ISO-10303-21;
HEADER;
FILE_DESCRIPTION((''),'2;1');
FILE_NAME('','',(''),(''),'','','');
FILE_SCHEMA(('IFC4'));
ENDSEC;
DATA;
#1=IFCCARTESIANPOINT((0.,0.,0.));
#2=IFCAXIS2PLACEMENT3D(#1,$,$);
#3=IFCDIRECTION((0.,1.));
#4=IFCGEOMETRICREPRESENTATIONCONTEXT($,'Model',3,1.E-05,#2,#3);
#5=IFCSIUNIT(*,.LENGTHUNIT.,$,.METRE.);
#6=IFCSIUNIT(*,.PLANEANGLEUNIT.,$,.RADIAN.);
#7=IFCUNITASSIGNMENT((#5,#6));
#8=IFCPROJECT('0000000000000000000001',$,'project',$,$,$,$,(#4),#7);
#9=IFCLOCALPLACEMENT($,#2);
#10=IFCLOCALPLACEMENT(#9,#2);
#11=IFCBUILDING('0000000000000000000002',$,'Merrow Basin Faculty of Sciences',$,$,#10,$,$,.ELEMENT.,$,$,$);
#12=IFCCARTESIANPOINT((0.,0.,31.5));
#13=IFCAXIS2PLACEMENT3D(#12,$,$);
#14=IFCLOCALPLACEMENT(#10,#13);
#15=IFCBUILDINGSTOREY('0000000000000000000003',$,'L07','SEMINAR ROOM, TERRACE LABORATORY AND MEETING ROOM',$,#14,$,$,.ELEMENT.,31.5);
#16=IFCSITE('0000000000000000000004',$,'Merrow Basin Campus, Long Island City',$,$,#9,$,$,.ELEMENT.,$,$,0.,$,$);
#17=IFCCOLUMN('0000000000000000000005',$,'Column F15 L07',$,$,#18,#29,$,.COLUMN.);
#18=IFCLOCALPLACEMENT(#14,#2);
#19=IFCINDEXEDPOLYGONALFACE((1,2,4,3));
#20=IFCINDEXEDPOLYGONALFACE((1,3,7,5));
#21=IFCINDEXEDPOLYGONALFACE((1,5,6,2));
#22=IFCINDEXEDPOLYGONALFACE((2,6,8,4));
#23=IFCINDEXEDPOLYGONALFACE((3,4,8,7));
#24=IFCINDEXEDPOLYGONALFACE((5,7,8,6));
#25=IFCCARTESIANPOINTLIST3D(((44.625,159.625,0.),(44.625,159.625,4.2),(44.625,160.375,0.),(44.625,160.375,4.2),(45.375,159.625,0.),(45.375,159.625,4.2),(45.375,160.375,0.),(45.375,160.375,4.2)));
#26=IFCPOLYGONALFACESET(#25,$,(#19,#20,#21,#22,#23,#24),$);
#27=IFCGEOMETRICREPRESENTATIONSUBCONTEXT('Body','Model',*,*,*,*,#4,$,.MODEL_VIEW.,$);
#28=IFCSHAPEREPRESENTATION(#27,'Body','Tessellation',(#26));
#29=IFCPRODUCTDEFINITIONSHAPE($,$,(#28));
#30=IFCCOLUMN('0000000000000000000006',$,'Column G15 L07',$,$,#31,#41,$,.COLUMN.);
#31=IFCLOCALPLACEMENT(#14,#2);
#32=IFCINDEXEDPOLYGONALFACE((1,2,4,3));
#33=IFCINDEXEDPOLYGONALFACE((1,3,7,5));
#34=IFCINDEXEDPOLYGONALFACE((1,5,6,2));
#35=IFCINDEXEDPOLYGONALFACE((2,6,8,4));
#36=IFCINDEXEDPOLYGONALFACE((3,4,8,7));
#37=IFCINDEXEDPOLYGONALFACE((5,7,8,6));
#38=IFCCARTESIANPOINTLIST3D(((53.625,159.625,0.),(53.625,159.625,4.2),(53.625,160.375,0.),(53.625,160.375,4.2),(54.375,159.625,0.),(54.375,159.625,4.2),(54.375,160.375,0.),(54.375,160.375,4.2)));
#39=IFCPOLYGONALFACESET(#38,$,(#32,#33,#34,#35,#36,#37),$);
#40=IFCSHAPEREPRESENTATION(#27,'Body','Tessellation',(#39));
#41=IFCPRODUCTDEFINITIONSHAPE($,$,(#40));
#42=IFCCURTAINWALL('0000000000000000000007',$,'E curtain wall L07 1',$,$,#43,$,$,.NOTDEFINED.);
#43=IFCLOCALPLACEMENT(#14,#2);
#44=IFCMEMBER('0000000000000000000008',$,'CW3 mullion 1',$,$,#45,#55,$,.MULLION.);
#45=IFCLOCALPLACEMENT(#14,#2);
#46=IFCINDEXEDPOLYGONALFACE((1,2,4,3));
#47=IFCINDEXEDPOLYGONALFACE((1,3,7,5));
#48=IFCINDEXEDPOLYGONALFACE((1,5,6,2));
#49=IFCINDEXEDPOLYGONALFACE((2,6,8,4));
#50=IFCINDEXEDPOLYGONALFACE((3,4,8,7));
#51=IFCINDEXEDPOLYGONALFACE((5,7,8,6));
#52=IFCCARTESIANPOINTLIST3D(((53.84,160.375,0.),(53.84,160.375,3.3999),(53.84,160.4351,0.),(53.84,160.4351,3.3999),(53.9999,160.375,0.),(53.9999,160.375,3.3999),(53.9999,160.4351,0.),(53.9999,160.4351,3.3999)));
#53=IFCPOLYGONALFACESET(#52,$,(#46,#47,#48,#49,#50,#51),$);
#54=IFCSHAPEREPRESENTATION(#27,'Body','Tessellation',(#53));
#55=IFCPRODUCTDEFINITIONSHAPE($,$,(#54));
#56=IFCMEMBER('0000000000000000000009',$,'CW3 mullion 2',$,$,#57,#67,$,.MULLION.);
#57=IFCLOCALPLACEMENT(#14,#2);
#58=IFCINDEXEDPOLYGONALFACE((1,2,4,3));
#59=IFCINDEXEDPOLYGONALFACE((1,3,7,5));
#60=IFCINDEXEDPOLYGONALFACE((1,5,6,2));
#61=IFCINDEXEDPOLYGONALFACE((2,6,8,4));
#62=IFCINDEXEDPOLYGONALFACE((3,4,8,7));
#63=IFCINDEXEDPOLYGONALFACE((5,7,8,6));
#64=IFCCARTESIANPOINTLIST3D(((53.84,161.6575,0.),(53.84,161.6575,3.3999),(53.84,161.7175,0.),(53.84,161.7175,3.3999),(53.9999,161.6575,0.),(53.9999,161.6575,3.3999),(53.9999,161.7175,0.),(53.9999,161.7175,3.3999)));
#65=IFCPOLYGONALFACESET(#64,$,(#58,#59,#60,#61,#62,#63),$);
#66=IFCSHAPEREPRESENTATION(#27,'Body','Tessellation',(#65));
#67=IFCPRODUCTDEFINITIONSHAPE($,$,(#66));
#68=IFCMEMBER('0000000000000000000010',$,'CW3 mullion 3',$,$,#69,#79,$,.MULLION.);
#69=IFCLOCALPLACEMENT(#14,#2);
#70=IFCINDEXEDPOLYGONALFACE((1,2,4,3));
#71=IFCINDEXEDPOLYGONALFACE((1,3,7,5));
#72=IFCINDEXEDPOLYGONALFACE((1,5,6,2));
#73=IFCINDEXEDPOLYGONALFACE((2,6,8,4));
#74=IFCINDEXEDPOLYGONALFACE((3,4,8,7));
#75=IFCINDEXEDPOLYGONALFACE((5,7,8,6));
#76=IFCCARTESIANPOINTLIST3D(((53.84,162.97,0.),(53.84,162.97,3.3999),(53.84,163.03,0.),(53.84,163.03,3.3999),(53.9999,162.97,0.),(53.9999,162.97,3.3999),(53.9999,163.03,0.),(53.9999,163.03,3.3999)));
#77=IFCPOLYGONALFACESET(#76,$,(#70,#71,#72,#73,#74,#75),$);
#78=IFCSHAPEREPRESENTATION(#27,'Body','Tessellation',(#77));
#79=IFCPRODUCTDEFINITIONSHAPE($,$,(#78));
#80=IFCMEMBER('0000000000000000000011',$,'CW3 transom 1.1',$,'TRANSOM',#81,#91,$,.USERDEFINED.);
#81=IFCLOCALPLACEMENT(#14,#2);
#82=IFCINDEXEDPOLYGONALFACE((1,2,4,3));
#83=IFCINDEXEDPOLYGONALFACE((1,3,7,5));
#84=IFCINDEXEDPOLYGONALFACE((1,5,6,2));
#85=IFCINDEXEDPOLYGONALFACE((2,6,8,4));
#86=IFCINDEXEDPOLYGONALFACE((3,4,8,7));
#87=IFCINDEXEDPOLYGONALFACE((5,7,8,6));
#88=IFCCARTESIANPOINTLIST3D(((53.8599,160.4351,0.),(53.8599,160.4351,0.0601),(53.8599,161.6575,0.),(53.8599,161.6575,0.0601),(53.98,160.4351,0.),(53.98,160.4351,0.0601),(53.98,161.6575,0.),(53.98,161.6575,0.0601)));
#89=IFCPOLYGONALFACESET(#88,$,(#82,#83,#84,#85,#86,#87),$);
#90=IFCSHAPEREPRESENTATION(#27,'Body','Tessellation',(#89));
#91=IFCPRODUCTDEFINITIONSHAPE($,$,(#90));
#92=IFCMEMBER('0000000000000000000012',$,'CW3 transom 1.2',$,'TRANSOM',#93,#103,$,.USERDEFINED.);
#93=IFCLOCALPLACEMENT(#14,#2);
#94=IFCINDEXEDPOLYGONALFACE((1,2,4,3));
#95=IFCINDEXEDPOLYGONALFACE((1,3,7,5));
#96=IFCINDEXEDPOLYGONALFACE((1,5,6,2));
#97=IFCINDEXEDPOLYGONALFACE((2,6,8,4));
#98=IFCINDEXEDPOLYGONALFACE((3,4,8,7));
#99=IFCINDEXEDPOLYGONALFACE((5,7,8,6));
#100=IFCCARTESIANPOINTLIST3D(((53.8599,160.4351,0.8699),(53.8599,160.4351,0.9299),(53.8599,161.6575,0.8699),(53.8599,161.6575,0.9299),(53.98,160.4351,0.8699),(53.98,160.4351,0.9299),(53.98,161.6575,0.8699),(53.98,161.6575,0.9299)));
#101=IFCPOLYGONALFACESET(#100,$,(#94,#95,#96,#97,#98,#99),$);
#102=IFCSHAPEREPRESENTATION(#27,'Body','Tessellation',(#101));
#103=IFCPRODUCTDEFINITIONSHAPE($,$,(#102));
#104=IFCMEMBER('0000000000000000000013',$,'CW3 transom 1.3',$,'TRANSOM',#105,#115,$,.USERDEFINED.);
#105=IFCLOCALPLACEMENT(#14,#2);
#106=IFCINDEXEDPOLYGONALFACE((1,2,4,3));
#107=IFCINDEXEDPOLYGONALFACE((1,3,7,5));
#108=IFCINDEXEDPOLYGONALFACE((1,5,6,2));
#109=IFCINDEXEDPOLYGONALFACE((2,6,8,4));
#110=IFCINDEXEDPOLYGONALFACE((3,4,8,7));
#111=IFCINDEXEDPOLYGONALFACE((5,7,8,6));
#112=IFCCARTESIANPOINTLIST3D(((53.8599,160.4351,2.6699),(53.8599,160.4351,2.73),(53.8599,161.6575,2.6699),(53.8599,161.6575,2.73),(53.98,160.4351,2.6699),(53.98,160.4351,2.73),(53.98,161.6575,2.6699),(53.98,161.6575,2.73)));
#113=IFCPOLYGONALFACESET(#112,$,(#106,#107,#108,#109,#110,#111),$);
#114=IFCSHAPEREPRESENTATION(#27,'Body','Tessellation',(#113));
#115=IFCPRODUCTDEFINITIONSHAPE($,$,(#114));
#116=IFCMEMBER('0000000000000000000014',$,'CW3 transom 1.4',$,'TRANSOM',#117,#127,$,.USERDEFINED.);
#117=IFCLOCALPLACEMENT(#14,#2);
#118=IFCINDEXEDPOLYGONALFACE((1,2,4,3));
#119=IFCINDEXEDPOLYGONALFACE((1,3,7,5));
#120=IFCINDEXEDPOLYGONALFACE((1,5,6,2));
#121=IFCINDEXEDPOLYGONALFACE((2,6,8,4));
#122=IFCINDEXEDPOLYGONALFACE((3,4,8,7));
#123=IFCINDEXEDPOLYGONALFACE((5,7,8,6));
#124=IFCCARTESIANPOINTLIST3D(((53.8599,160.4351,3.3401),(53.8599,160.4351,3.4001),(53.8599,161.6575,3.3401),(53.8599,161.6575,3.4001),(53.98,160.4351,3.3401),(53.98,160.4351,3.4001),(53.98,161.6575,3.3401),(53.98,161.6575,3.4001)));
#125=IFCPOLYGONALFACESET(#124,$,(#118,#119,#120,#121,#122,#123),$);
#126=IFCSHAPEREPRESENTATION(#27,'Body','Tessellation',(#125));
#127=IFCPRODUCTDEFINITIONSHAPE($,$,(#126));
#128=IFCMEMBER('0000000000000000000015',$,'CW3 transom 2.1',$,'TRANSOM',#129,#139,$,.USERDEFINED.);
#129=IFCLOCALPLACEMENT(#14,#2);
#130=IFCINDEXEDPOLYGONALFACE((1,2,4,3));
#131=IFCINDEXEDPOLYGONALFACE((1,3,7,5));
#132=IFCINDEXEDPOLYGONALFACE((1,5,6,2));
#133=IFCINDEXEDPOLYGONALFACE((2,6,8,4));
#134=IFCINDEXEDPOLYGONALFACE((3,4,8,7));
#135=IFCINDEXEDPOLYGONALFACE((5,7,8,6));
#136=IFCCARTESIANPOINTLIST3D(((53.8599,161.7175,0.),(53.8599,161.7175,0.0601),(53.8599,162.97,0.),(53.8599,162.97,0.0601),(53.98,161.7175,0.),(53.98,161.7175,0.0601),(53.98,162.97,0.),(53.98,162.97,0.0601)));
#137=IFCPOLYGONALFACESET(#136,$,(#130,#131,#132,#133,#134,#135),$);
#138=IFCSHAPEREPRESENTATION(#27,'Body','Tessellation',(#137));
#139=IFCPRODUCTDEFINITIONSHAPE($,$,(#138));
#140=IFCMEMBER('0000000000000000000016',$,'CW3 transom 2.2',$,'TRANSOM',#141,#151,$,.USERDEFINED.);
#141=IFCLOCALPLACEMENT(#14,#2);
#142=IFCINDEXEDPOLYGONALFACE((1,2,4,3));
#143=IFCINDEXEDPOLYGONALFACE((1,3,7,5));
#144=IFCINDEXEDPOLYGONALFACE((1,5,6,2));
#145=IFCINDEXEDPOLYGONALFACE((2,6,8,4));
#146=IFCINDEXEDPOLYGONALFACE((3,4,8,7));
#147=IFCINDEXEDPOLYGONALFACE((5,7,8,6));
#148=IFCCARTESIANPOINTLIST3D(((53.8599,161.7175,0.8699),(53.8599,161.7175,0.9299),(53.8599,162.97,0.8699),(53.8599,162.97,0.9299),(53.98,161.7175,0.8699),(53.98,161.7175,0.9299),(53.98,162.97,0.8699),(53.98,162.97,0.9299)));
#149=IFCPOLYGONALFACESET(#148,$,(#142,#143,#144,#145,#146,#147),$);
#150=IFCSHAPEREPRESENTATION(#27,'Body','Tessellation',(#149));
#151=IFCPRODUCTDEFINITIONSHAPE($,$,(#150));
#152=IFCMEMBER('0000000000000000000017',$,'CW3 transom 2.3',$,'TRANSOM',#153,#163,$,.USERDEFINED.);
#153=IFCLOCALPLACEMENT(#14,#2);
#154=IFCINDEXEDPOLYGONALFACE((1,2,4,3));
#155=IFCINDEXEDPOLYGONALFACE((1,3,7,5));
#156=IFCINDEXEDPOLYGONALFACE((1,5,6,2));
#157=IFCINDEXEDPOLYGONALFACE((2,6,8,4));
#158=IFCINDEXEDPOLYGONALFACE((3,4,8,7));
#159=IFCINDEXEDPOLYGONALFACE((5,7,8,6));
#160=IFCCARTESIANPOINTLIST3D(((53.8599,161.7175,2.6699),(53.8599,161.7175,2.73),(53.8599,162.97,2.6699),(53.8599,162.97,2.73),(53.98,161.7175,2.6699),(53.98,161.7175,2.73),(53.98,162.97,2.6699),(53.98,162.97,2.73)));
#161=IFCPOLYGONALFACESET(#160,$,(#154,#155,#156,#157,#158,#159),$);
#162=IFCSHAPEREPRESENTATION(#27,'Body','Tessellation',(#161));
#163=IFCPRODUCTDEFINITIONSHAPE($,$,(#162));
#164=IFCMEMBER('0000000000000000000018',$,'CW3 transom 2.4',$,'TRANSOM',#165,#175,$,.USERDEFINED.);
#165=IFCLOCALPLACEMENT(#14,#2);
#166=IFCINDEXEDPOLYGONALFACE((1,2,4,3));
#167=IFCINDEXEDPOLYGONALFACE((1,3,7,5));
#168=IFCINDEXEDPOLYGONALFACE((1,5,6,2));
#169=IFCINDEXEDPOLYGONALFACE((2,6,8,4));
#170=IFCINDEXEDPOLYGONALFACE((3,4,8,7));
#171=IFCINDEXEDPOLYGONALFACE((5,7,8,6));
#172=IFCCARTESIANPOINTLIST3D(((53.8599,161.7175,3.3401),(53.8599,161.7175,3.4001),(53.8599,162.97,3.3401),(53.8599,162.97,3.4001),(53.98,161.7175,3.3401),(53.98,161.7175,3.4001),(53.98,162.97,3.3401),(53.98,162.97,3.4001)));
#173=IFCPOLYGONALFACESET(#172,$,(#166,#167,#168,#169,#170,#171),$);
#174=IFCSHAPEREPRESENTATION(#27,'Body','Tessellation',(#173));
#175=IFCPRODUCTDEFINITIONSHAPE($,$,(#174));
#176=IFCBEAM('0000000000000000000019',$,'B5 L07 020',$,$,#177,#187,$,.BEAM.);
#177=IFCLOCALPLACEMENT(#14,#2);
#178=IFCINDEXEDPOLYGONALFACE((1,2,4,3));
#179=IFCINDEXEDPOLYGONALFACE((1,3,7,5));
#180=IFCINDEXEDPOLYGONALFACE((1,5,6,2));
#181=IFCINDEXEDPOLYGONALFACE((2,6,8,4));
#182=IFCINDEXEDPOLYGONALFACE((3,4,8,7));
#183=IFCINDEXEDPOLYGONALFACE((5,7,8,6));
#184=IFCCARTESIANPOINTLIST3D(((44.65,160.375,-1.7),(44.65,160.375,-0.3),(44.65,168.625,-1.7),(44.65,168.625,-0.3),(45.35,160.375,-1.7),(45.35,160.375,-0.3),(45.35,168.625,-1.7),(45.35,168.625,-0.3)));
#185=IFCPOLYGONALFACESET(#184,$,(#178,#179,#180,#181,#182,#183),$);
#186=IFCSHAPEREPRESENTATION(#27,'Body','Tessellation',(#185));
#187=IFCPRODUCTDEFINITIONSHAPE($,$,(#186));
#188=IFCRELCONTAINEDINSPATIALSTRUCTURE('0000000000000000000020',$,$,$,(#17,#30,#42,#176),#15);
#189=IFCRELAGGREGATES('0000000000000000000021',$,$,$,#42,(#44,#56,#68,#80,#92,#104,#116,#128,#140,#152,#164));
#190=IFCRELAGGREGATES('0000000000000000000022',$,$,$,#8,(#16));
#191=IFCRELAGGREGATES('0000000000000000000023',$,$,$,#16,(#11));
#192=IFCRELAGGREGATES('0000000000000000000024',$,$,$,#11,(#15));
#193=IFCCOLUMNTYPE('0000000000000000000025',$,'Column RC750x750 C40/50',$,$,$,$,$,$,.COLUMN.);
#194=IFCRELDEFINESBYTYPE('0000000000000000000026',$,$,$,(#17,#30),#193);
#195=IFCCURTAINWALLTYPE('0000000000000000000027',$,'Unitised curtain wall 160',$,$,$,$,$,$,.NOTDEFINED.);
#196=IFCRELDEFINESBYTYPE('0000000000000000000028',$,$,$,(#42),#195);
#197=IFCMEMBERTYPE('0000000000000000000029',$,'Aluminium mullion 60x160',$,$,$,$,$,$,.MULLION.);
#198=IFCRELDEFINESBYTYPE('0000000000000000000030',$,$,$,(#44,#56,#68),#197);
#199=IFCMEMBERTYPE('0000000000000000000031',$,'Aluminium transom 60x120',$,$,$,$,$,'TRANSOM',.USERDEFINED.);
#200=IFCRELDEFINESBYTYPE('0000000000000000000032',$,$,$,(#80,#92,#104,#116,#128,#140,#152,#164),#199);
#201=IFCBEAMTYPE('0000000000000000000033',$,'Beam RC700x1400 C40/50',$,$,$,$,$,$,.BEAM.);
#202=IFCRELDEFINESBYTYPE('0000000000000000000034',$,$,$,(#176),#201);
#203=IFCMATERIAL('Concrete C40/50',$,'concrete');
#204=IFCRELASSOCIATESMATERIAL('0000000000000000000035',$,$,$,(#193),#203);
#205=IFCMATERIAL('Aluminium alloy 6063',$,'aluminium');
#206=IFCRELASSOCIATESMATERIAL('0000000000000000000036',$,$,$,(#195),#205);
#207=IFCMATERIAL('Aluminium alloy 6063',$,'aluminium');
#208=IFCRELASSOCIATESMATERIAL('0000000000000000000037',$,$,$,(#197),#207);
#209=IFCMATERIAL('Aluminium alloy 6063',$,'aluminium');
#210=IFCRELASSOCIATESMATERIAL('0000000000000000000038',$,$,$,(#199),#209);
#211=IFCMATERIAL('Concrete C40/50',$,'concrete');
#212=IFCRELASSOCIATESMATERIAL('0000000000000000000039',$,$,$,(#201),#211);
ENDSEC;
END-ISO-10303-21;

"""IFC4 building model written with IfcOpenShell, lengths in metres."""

from ifc_helpers import new_model, si_unit, direction, frame, origin, origin_2d, place, context, subcontext, project, spatial, rectangle, extrude, material, material_profile, profile_set, type_object, element, aggregate, save


model = new_model("IFC4")

# Units and contexts
model_context = context("Model", 3, precision=1e-05, world=origin(), true_north=direction((0.0, 1.0)))
body_context = subcontext(model_context, "Body", "Model", "MODEL_VIEW")
ifc_project = project(units=[si_unit("LENGTHUNIT", "METRE"), si_unit("PLANEANGLEUNIT", "RADIAN")], contexts=[model_context])

# Site, building, storey
site_placement = place(None, origin())
site = spatial("IfcSite", under=ifc_project, at=site_placement, Name="Merrow Basin Campus, Long Island City", CompositionType="ELEMENT", RefElevation=0.0)
building_placement = place(site_placement, origin())
building = spatial("IfcBuilding", under=site, at=building_placement, Name="Merrow Basin Faculty of Sciences", CompositionType="ELEMENT")
storey_placement = place(building_placement, frame((0.0, 0.0, 31.5)))
storey = spatial("IfcBuildingStorey", under=building, at=storey_placement, Name="L07", Description="SEMINAR ROOM, TERRACE LABORATORY AND MEETING ROOM", CompositionType="ELEMENT", Elevation=31.5)

# Columns
ifc_material_1 = material(Name="Concrete C40/50", Category="concrete")
ifc_material_profile_1 = material_profile(ifc_material_1, rectangle(XDim=0.75, YDim=0.75, at=origin_2d()))
ifc_profile_set_1 = profile_set([ifc_material_profile_1], Name="Concrete C40/50")
column_type = type_object("IfcColumnType", Name="Column RC750x750 C40/50", PredefinedType="COLUMN", material=ifc_profile_set_1)
for number, where, z_axis, x_axis, name in (
    (1, (45.0, 160.0, 0.0), (0.0, 0.0, 1.0), (1.0, 0.0, 0.0), "Column F15 L07"),
    (2, (54.0, 160.0, 0.0), (0.0, 0.0, 1.0), (1.0, 0.0, 0.0), "Column G15 L07"),
):
    element("IfcColumn", number, at=place(storey_placement, frame(where, z_axis=z_axis, x_axis=x_axis)), inside=storey, type_object=column_type, Name=name, PredefinedType="COLUMN", context=body_context, shape_type="SweptSolid", body=[
        extrude(rectangle(XDim=0.75, YDim=0.75, at=origin_2d()), origin(), (0.0, 0.0, 1.0), 4.2),
    ])

# Curtain wall, members
ifc_material_2 = material(Name="Aluminium alloy 6063", Category="aluminium")
curtain_wall_type = type_object("IfcCurtainWallType", Name="Unitised curtain wall 160", PredefinedType="NOTDEFINED", material=ifc_material_2)
curtain_wall_placement = place(storey_placement, origin())
curtain_wall = element("IfcCurtainWall", 3, at=curtain_wall_placement, inside=storey, type_object=curtain_wall_type, Name="E curtain wall L07 1", PredefinedType="NOTDEFINED")
ifc_material_3 = material(Name="Aluminium alloy 6063", Category="aluminium")
ifc_material_profile_2 = material_profile(ifc_material_3, rectangle(XDim=0.1599, YDim=0.0601, at=origin_2d()))
ifc_profile_set_2 = profile_set([ifc_material_profile_2], Name="Aluminium alloy 6063")
member_type_1 = type_object("IfcMemberType", Name="Aluminium mullion 60x160", PredefinedType="MULLION", material=ifc_profile_set_2)
member_1_placement = place(storey_placement, frame((53.9199, 160.405, 0.0), z_axis=(0.0, 0.0, 1.0), x_axis=(-1.0, 0.0, 0.0)))
member_1 = element("IfcMember", 4, at=member_1_placement, type_object=member_type_1, Name="CW3 mullion 1", PredefinedType="MULLION", context=body_context, shape_type="SweptSolid", body=[
    extrude(rectangle(XDim=0.1599, YDim=0.0601, at=origin_2d()), origin(), (0.0, 0.0, 1.0), 3.3999),
])
member_2_placement = place(storey_placement, frame((53.9199, 161.6875, 0.0), z_axis=(0.0, 0.0, 1.0), x_axis=(-1.0, 0.0, 0.0)))
member_2 = element("IfcMember", 5, at=member_2_placement, type_object=member_type_1, Name="CW3 mullion 2", PredefinedType="MULLION", context=body_context, shape_type="SweptSolid", body=[
    extrude(rectangle(XDim=0.1599, YDim=0.0601, at=origin_2d()), origin(), (0.0, 0.0, 1.0), 3.3999),
])
member_3_placement = place(storey_placement, frame((53.9199, 163.0, 0.0), z_axis=(0.0, 0.0, 1.0), x_axis=(-1.0, 0.0, 0.0)))
member_3 = element("IfcMember", 6, at=member_3_placement, type_object=member_type_1, Name="CW3 mullion 3", PredefinedType="MULLION", context=body_context, shape_type="SweptSolid", body=[
    extrude(rectangle(XDim=0.1599, YDim=0.0601, at=origin_2d()), origin(), (0.0, 0.0, 1.0), 3.3999),
])
ifc_material_4 = material(Name="Aluminium alloy 6063", Category="aluminium")
ifc_material_profile_3 = material_profile(ifc_material_4, rectangle(XDim=0.1201, YDim=0.0601, at=origin_2d()))
ifc_profile_set_3 = profile_set([ifc_material_profile_3], Name="Aluminium alloy 6063")
member_type_2 = type_object("IfcMemberType", Name="Aluminium transom 60x120", ElementType="TRANSOM", PredefinedType="USERDEFINED", material=ifc_profile_set_3)
member_4_placement = place(storey_placement, frame((53.9199, 160.4351, 0.03), z_axis=(0.0, 1.0, 0.0), x_axis=(-1.0, 0.0, 0.0)))
member_4 = element("IfcMember", 7, at=member_4_placement, type_object=member_type_2, Name="CW3 transom 1.1", ObjectType="TRANSOM", PredefinedType="USERDEFINED", context=body_context, shape_type="SweptSolid", body=[
    extrude(rectangle(XDim=0.1201, YDim=0.0601, at=origin_2d()), origin(), (0.0, 0.0, 1.0), 1.2224),
])
member_5_placement = place(storey_placement, frame((53.9199, 160.4351, 0.8999), z_axis=(0.0, 1.0, 0.0), x_axis=(-1.0, 0.0, 0.0)))
member_5 = element("IfcMember", 8, at=member_5_placement, type_object=member_type_2, Name="CW3 transom 1.2", ObjectType="TRANSOM", PredefinedType="USERDEFINED", context=body_context, shape_type="SweptSolid", body=[
    extrude(rectangle(XDim=0.1201, YDim=0.0601, at=origin_2d()), origin(), (0.0, 0.0, 1.0), 1.2224),
])
member_6_placement = place(storey_placement, frame((53.9199, 160.4351, 2.7), z_axis=(0.0, 1.0, 0.0), x_axis=(-1.0, 0.0, 0.0)))
member_6 = element("IfcMember", 9, at=member_6_placement, type_object=member_type_2, Name="CW3 transom 1.3", ObjectType="TRANSOM", PredefinedType="USERDEFINED", context=body_context, shape_type="SweptSolid", body=[
    extrude(rectangle(XDim=0.1201, YDim=0.0601, at=origin_2d()), origin(), (0.0, 0.0, 1.0), 1.2224),
])
member_7_placement = place(storey_placement, frame((53.9199, 160.4351, 3.3701), z_axis=(0.0, 1.0, 0.0), x_axis=(-1.0, 0.0, 0.0)))
member_7 = element("IfcMember", 10, at=member_7_placement, type_object=member_type_2, Name="CW3 transom 1.4", ObjectType="TRANSOM", PredefinedType="USERDEFINED", context=body_context, shape_type="SweptSolid", body=[
    extrude(rectangle(XDim=0.1201, YDim=0.0601, at=origin_2d()), origin(), (0.0, 0.0, 1.0), 1.2224),
])
member_8_placement = place(storey_placement, frame((53.9199, 161.7175, 0.03), z_axis=(0.0, 1.0, 0.0), x_axis=(-1.0, 0.0, 0.0)))
member_8 = element("IfcMember", 11, at=member_8_placement, type_object=member_type_2, Name="CW3 transom 2.1", ObjectType="TRANSOM", PredefinedType="USERDEFINED", context=body_context, shape_type="SweptSolid", body=[
    extrude(rectangle(XDim=0.1201, YDim=0.0601, at=origin_2d()), origin(), (0.0, 0.0, 1.0), 1.2524),
])
member_9_placement = place(storey_placement, frame((53.9199, 161.7175, 0.8999), z_axis=(0.0, 1.0, 0.0), x_axis=(-1.0, 0.0, 0.0)))
member_9 = element("IfcMember", 12, at=member_9_placement, type_object=member_type_2, Name="CW3 transom 2.2", ObjectType="TRANSOM", PredefinedType="USERDEFINED", context=body_context, shape_type="SweptSolid", body=[
    extrude(rectangle(XDim=0.1201, YDim=0.0601, at=origin_2d()), origin(), (0.0, 0.0, 1.0), 1.2524),
])
member_10_placement = place(storey_placement, frame((53.9199, 161.7175, 2.7), z_axis=(0.0, 1.0, 0.0), x_axis=(-1.0, 0.0, 0.0)))
member_10 = element("IfcMember", 13, at=member_10_placement, type_object=member_type_2, Name="CW3 transom 2.3", ObjectType="TRANSOM", PredefinedType="USERDEFINED", context=body_context, shape_type="SweptSolid", body=[
    extrude(rectangle(XDim=0.1201, YDim=0.0601, at=origin_2d()), origin(), (0.0, 0.0, 1.0), 1.2524),
])
member_11_placement = place(storey_placement, frame((53.9199, 161.7175, 3.3701), z_axis=(0.0, 1.0, 0.0), x_axis=(-1.0, 0.0, 0.0)))
member_11 = element("IfcMember", 14, at=member_11_placement, type_object=member_type_2, Name="CW3 transom 2.4", ObjectType="TRANSOM", PredefinedType="USERDEFINED", context=body_context, shape_type="SweptSolid", body=[
    extrude(rectangle(XDim=0.1201, YDim=0.0601, at=origin_2d()), origin(), (0.0, 0.0, 1.0), 1.2524),
])

# Beam
ifc_material_5 = material(Name="Concrete C40/50", Category="concrete")
ifc_material_profile_4 = material_profile(ifc_material_5, rectangle(XDim=0.7, YDim=1.3999, at=origin_2d()))
ifc_profile_set_4 = profile_set([ifc_material_profile_4], Name="Concrete C40/50")
beam_type_1 = type_object("IfcBeamType", Name="Beam RC700x1400 C40/50", PredefinedType="BEAM", material=ifc_profile_set_4)
for number, where, z_axis, x_axis, name in (
    (15, (45.0, 160.375, -1.0), (0.0, 1.0, 0.0), (-1.0, 0.0, 0.0), "B5 L07 020"),
):
    element("IfcBeam", number, at=place(storey_placement, frame(where, z_axis=z_axis, x_axis=x_axis)), inside=storey, type_object=beam_type_1, Name=name, PredefinedType="BEAM", context=body_context, shape_type="SweptSolid", body=[
        extrude(rectangle(XDim=0.7, YDim=1.3999, at=origin_2d()), origin(), (0.0, 0.0, 1.0), 8.25),
    ])

aggregate(curtain_wall, [member_1, member_2, member_3, member_4, member_5, member_6, member_7, member_8, member_9, member_10, member_11])

save(model, "model.ifc")
